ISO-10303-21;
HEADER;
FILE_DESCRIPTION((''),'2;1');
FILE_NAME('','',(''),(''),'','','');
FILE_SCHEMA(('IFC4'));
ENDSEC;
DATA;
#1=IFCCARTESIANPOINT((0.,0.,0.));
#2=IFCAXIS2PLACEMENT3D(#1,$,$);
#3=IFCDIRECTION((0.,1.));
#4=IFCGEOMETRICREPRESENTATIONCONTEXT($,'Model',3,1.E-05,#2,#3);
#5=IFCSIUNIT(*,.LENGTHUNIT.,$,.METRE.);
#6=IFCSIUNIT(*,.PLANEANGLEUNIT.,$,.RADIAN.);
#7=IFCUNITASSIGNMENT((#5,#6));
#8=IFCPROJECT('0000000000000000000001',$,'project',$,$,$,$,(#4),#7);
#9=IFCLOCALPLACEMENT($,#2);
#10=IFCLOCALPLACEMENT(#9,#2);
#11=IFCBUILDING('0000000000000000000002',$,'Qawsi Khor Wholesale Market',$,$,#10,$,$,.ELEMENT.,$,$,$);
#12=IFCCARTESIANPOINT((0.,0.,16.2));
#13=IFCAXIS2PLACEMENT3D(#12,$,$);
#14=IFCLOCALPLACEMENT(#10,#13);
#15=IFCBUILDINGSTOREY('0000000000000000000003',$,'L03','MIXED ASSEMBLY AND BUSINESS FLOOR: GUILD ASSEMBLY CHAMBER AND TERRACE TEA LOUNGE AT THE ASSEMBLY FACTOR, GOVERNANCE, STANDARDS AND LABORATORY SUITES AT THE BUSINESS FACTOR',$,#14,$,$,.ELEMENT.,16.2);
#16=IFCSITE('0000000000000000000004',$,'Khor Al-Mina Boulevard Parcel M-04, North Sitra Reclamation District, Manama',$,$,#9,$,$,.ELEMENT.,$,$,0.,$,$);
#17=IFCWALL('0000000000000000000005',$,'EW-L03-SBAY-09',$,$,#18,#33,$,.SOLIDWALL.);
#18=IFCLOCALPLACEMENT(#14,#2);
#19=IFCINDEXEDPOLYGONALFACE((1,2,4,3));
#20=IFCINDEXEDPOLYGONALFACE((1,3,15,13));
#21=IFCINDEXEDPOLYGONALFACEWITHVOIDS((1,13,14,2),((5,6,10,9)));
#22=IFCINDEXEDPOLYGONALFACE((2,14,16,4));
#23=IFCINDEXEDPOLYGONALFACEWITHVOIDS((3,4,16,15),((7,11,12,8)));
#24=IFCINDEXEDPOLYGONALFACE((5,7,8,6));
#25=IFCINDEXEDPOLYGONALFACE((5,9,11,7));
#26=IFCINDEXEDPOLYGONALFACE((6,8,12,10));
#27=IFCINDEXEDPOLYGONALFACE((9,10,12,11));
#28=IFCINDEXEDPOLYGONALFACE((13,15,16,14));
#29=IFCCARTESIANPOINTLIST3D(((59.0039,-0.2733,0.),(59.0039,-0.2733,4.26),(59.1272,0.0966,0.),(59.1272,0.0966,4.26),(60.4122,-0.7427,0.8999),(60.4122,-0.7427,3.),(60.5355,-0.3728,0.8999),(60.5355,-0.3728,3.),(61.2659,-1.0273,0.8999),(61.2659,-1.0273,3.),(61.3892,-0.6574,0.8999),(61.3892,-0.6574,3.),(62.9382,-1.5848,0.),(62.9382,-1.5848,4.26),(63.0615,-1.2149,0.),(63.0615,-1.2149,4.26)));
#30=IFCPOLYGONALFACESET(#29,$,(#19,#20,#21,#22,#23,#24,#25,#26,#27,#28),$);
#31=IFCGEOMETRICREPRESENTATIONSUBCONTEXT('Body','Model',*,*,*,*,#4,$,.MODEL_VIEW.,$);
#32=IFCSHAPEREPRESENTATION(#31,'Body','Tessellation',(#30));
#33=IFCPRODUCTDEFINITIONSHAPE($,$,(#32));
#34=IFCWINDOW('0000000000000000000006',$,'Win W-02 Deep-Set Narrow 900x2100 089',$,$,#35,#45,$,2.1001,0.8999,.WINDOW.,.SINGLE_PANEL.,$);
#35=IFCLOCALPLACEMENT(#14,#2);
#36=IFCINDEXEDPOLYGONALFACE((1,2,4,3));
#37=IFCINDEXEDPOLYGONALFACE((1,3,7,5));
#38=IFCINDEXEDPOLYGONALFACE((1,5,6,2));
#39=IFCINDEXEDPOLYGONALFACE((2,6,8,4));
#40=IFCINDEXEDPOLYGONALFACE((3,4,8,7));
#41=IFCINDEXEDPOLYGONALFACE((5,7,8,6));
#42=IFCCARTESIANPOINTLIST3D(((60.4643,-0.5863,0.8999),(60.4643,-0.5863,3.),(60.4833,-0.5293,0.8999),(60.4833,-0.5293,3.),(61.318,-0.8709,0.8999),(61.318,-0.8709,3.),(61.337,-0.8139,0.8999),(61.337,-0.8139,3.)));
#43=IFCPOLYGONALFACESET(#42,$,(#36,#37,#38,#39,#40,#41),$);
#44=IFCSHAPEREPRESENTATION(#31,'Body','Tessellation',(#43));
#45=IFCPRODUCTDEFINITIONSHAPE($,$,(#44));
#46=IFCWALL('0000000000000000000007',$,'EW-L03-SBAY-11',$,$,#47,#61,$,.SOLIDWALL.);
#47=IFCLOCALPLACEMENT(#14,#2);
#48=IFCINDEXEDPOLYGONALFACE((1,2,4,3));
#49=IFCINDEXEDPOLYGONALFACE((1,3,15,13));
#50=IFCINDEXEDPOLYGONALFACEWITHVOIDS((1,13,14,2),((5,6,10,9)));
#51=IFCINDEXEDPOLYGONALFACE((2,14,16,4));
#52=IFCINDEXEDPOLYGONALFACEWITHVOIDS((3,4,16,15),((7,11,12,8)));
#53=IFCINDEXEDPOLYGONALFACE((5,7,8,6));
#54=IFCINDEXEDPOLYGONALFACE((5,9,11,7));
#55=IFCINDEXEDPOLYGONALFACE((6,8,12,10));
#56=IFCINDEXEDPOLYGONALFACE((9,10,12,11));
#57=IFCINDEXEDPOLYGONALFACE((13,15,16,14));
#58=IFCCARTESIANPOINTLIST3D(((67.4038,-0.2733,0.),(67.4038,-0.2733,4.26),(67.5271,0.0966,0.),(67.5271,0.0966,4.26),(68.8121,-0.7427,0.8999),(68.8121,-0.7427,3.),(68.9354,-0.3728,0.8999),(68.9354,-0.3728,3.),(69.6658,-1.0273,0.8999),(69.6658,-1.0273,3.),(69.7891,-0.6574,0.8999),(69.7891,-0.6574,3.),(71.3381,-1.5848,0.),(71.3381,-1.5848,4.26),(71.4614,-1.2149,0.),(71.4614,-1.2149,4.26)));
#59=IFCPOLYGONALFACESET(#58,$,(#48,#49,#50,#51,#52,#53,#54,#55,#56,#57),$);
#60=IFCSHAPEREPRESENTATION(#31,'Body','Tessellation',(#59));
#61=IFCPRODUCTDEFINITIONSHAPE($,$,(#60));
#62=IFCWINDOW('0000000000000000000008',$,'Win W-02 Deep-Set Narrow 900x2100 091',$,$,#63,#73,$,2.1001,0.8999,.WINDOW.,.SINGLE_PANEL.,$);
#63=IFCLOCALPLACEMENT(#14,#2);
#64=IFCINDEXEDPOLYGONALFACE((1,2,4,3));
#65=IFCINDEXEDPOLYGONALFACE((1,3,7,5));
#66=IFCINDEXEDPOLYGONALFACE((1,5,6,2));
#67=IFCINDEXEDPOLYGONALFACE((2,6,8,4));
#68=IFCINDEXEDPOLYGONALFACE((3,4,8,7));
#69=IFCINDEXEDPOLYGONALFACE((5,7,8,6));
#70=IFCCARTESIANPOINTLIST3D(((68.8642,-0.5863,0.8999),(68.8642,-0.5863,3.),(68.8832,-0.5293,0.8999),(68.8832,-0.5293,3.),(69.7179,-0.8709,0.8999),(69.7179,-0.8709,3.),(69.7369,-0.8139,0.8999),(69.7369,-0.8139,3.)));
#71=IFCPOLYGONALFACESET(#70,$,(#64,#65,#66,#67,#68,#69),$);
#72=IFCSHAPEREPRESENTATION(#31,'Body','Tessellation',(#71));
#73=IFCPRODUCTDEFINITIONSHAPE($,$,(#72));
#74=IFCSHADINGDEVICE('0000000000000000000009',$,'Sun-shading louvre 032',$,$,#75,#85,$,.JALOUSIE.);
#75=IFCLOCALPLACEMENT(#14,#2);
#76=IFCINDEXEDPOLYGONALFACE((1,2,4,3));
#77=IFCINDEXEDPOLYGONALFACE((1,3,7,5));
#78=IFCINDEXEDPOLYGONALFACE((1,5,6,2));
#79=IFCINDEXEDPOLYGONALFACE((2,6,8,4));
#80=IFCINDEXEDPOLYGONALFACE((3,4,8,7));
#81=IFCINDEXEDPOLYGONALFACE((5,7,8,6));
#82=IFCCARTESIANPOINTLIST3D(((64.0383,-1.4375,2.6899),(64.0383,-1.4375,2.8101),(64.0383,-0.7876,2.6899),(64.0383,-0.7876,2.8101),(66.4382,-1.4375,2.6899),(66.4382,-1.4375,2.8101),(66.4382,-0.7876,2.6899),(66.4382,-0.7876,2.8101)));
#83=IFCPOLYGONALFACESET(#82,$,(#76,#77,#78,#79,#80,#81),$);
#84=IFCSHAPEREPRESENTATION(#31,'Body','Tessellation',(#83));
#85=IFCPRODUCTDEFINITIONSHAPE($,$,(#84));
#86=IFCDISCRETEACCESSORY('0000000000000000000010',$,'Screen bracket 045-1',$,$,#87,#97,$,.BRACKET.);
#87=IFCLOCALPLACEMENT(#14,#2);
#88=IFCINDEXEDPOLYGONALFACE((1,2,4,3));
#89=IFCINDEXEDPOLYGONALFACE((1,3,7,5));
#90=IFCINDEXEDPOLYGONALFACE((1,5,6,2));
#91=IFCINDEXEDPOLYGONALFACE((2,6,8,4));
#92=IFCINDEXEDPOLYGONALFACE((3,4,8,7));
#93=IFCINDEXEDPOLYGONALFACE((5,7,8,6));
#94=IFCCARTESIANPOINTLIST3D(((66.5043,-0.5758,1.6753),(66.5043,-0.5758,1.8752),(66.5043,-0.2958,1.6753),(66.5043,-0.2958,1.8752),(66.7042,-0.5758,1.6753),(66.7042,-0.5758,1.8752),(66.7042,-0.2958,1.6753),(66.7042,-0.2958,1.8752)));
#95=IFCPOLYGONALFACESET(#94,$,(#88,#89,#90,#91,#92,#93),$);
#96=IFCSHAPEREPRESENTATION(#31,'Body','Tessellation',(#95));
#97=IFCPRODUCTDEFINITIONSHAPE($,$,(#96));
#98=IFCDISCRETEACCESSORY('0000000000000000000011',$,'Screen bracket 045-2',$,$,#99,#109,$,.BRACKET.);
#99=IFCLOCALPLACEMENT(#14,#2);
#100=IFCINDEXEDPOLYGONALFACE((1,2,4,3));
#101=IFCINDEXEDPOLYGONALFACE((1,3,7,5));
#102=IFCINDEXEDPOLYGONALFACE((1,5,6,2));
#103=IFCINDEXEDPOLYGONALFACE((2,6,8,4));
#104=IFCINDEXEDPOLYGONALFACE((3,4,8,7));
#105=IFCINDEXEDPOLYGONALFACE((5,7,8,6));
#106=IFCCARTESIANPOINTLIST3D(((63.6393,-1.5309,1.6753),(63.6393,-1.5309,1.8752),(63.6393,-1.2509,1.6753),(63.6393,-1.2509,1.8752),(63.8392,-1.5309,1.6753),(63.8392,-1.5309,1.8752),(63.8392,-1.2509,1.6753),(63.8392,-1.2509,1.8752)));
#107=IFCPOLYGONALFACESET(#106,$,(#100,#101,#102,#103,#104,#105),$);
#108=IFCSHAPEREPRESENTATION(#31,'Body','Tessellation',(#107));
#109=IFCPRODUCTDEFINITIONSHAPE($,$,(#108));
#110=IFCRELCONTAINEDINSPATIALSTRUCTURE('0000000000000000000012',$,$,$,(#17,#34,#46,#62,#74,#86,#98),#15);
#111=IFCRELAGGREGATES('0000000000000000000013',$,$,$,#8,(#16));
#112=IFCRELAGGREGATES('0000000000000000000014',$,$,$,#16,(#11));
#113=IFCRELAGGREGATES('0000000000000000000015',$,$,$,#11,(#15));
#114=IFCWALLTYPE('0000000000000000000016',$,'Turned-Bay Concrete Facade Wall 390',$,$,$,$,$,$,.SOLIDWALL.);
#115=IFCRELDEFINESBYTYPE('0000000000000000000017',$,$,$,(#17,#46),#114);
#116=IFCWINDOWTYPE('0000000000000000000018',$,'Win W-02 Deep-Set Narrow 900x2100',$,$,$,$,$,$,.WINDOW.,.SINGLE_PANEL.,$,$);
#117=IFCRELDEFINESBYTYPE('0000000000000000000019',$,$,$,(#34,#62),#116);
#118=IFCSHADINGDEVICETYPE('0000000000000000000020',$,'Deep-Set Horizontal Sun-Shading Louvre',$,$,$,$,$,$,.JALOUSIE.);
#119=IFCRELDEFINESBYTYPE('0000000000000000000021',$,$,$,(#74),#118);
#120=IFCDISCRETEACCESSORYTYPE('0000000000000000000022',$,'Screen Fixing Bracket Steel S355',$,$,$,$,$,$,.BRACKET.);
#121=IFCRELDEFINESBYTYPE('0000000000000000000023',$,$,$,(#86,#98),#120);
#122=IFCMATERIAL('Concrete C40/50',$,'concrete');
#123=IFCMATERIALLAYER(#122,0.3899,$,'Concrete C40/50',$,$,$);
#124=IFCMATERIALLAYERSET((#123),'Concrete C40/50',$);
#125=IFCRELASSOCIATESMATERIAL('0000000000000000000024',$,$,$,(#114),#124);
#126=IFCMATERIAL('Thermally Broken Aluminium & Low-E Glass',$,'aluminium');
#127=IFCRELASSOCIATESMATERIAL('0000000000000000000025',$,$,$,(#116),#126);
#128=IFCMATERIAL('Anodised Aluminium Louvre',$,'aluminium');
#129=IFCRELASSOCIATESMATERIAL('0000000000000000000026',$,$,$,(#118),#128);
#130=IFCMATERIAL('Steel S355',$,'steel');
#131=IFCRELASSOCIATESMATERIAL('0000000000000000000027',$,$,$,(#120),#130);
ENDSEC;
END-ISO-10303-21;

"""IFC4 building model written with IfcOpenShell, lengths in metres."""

from ifc_helpers import new_model, si_unit, direction, frame, frame_2d, origin, origin_2d, place, context, subcontext, project, spatial, rectangle, extrude, material, layer, layer_set, type_object, element, fill, save


model = new_model("IFC4")

# Units and contexts
model_context = context("Model", 3, precision=1e-05, world=origin(), true_north=direction((0.0, 1.0)))
body_context = subcontext(model_context, "Body", "Model", "MODEL_VIEW")
ifc_project = project(units=[si_unit("LENGTHUNIT", "METRE"), si_unit("PLANEANGLEUNIT", "RADIAN")], contexts=[model_context])

# Site, building, storey
site_placement = place(None, origin())
site = spatial("IfcSite", under=ifc_project, at=site_placement, Name="Khor Al-Mina Boulevard Parcel M-04, North Sitra Reclamation District, Manama", CompositionType="ELEMENT", RefElevation=0.0)
building_placement = place(site_placement, origin())
building = spatial("IfcBuilding", under=site, at=building_placement, Name="Qawsi Khor Wholesale Market", CompositionType="ELEMENT")
storey_placement = place(building_placement, frame((0.0, 0.0, 16.2)))
storey = spatial("IfcBuildingStorey", under=building, at=storey_placement, Name="L03", Description="MIXED ASSEMBLY AND BUSINESS FLOOR: GUILD ASSEMBLY CHAMBER AND TERRACE TEA LOUNGE AT THE ASSEMBLY FACTOR, GOVERNANCE, STANDARDS AND LABORATORY SUITES AT THE BUSINESS FACTOR", CompositionType="ELEMENT", Elevation=16.2)

# Shared definitions
ifc_material_1 = material(Name="Concrete C40/50", Category="concrete")

# Shared definitions
ifc_material_2 = material(Name="Steel S355", Category="steel")

# Walls, openings, windows
ifc_material_3 = material(Name="Thermally Broken Aluminium & Low-E Glass", Category="aluminium")
ifc_layer_1 = layer(ifc_material_1, 0.3899, Name="Concrete C40/50")
ifc_layer_set_1 = layer_set([ifc_layer_1], Name="Concrete C40/50")
wall_type_1 = type_object("IfcWallType", Name="Turned-Bay Concrete Facade Wall 390", PredefinedType="SOLIDWALL", material=ifc_layer_set_1)
wall_1_placement = place(storey_placement, frame((63.0, -1.3999, 0.0), z_axis=(0.0, 0.0, 1.0), x_axis=(-0.948677, 0.316245, 0.0)))
wall_1 = element("IfcWall", 1, at=wall_1_placement, inside=storey, type_object=wall_type_1, Name="EW-L03-SBAY-09", PredefinedType="SOLIDWALL", context=body_context, shape_type="SweptSolid", body=[
    extrude(rectangle(XDim=4.1472, YDim=0.3899, at=frame_2d((2.0737, 0.0))), origin(), (0.0, 0.0, 1.0), 4.26),
])
opening_1_placement = place(wall_1_placement, frame((1.7629, 0.0, 0.8999)))
opening_1 = element("IfcOpeningElement", 2, at=opening_1_placement, cuts=wall_1, PredefinedType="OPENING", context=body_context, shape_type="SweptSolid", body=[
    extrude(rectangle(XDim=0.8999, YDim=2.1001, at=frame_2d((0.45, 1.05))), frame((0.0, 0.2048, 0.0), z_axis=(0.0, -1.0, 0.0), x_axis=(1.0, 0.0, 0.0)), (0.0, 0.0, 1.0), 0.4099),
])
window_type_1 = type_object("IfcWindowType", Name="Win W-02 Deep-Set Narrow 900x2100", PartitioningType="SINGLE_PANEL", PredefinedType="WINDOW", material=ifc_material_3)
window_1_placement = place(opening_1_placement, origin())
window_1 = element("IfcWindow", 3, at=window_1_placement, inside=storey, type_object=window_type_1, Name="Win W-02 Deep-Set Narrow 900x2100 089", OverallHeight=2.1001, OverallWidth=0.8999, PartitioningType="SINGLE_PANEL", PredefinedType="WINDOW", context=body_context, shape_type="SweptSolid", body=[
    extrude(rectangle(XDim=0.8999, YDim=2.1001, at=frame_2d((0.45, 1.05))), frame((0.0, 0.03, 0.0), z_axis=(0.0, -1.0, 0.0), x_axis=(1.0, 0.0, 0.0)), (0.0, 0.0, 1.0), 0.0601),
])
fill(opening_1, window_1)
wall_2_placement = place(storey_placement, frame((71.3999, -1.3999, 0.0), z_axis=(0.0, 0.0, 1.0), x_axis=(-0.948677, 0.316245, 0.0)))
wall_2 = element("IfcWall", 4, at=wall_2_placement, inside=storey, type_object=wall_type_1, Name="EW-L03-SBAY-11", PredefinedType="SOLIDWALL", context=body_context, shape_type="SweptSolid", body=[
    extrude(rectangle(XDim=4.1472, YDim=0.3899, at=frame_2d((2.0737, 0.0))), origin(), (0.0, 0.0, 1.0), 4.26),
])
opening_2_placement = place(wall_2_placement, frame((1.7629, 0.0, 0.8999)))
opening_2 = element("IfcOpeningElement", 5, at=opening_2_placement, cuts=wall_2, PredefinedType="OPENING", context=body_context, shape_type="SweptSolid", body=[
    extrude(rectangle(XDim=0.8999, YDim=2.1001, at=frame_2d((0.45, 1.05))), frame((0.0, 0.2048, 0.0), z_axis=(0.0, -1.0, 0.0), x_axis=(1.0, 0.0, 0.0)), (0.0, 0.0, 1.0), 0.4099),
])
window_2_placement = place(opening_2_placement, origin())
window_2 = element("IfcWindow", 6, at=window_2_placement, inside=storey, type_object=window_type_1, Name="Win W-02 Deep-Set Narrow 900x2100 091", OverallHeight=2.1001, OverallWidth=0.8999, PartitioningType="SINGLE_PANEL", PredefinedType="WINDOW", context=body_context, shape_type="SweptSolid", body=[
    extrude(rectangle(XDim=0.8999, YDim=2.1001, at=frame_2d((0.45, 1.05))), frame((0.0, 0.03, 0.0), z_axis=(0.0, -1.0, 0.0), x_axis=(1.0, 0.0, 0.0)), (0.0, 0.0, 1.0), 0.0601),
])
fill(opening_2, window_2)

# Shading device
ifc_material_4 = material(Name="Anodised Aluminium Louvre", Category="aluminium")
shading_device_type = type_object("IfcShadingDeviceType", Name="Deep-Set Horizontal Sun-Shading Louvre", PredefinedType="JALOUSIE", material=ifc_material_4)
shading_device_placement = place(storey_placement, frame((65.2383, -1.1125, 2.6899), z_axis=(0.0, 0.0, 1.0), x_axis=(1.0, 0.0, 0.0)))
element("IfcShadingDevice", 7, at=shading_device_placement, inside=storey, type_object=shading_device_type, Name="Sun-shading louvre 032", PredefinedType="JALOUSIE", context=body_context, shape_type="SweptSolid", body=[
    extrude(rectangle(XDim=2.3999, YDim=0.6499, at=origin_2d()), origin(), (0.0, 0.0, 1.0), 0.1201),
])

# Discrete accessories
discrete_accessory_type = type_object("IfcDiscreteAccessoryType", Name="Screen Fixing Bracket Steel S355", PredefinedType="BRACKET", material=ifc_material_2)
for number, where, z_axis, x_axis, name in (
    (8, (66.6042, -0.4358, 1.6753), (0.0, 0.0, 1.0), (1.0, 0.0, 0.0), "Screen bracket 045-1"),
    (9, (63.7393, -1.3909, 1.6753), (0.0, 0.0, 1.0), (1.0, 0.0, 0.0), "Screen bracket 045-2"),
):
    element("IfcDiscreteAccessory", number, at=place(storey_placement, frame(where, z_axis=z_axis, x_axis=x_axis)), inside=storey, type_object=discrete_accessory_type, Name=name, PredefinedType="BRACKET", context=body_context, shape_type="SweptSolid", body=[
        extrude(rectangle(XDim=0.2, YDim=0.28, at=origin_2d()), origin(), (0.0, 0.0, 1.0), 0.2),
    ])

save(model, "model.ifc")
